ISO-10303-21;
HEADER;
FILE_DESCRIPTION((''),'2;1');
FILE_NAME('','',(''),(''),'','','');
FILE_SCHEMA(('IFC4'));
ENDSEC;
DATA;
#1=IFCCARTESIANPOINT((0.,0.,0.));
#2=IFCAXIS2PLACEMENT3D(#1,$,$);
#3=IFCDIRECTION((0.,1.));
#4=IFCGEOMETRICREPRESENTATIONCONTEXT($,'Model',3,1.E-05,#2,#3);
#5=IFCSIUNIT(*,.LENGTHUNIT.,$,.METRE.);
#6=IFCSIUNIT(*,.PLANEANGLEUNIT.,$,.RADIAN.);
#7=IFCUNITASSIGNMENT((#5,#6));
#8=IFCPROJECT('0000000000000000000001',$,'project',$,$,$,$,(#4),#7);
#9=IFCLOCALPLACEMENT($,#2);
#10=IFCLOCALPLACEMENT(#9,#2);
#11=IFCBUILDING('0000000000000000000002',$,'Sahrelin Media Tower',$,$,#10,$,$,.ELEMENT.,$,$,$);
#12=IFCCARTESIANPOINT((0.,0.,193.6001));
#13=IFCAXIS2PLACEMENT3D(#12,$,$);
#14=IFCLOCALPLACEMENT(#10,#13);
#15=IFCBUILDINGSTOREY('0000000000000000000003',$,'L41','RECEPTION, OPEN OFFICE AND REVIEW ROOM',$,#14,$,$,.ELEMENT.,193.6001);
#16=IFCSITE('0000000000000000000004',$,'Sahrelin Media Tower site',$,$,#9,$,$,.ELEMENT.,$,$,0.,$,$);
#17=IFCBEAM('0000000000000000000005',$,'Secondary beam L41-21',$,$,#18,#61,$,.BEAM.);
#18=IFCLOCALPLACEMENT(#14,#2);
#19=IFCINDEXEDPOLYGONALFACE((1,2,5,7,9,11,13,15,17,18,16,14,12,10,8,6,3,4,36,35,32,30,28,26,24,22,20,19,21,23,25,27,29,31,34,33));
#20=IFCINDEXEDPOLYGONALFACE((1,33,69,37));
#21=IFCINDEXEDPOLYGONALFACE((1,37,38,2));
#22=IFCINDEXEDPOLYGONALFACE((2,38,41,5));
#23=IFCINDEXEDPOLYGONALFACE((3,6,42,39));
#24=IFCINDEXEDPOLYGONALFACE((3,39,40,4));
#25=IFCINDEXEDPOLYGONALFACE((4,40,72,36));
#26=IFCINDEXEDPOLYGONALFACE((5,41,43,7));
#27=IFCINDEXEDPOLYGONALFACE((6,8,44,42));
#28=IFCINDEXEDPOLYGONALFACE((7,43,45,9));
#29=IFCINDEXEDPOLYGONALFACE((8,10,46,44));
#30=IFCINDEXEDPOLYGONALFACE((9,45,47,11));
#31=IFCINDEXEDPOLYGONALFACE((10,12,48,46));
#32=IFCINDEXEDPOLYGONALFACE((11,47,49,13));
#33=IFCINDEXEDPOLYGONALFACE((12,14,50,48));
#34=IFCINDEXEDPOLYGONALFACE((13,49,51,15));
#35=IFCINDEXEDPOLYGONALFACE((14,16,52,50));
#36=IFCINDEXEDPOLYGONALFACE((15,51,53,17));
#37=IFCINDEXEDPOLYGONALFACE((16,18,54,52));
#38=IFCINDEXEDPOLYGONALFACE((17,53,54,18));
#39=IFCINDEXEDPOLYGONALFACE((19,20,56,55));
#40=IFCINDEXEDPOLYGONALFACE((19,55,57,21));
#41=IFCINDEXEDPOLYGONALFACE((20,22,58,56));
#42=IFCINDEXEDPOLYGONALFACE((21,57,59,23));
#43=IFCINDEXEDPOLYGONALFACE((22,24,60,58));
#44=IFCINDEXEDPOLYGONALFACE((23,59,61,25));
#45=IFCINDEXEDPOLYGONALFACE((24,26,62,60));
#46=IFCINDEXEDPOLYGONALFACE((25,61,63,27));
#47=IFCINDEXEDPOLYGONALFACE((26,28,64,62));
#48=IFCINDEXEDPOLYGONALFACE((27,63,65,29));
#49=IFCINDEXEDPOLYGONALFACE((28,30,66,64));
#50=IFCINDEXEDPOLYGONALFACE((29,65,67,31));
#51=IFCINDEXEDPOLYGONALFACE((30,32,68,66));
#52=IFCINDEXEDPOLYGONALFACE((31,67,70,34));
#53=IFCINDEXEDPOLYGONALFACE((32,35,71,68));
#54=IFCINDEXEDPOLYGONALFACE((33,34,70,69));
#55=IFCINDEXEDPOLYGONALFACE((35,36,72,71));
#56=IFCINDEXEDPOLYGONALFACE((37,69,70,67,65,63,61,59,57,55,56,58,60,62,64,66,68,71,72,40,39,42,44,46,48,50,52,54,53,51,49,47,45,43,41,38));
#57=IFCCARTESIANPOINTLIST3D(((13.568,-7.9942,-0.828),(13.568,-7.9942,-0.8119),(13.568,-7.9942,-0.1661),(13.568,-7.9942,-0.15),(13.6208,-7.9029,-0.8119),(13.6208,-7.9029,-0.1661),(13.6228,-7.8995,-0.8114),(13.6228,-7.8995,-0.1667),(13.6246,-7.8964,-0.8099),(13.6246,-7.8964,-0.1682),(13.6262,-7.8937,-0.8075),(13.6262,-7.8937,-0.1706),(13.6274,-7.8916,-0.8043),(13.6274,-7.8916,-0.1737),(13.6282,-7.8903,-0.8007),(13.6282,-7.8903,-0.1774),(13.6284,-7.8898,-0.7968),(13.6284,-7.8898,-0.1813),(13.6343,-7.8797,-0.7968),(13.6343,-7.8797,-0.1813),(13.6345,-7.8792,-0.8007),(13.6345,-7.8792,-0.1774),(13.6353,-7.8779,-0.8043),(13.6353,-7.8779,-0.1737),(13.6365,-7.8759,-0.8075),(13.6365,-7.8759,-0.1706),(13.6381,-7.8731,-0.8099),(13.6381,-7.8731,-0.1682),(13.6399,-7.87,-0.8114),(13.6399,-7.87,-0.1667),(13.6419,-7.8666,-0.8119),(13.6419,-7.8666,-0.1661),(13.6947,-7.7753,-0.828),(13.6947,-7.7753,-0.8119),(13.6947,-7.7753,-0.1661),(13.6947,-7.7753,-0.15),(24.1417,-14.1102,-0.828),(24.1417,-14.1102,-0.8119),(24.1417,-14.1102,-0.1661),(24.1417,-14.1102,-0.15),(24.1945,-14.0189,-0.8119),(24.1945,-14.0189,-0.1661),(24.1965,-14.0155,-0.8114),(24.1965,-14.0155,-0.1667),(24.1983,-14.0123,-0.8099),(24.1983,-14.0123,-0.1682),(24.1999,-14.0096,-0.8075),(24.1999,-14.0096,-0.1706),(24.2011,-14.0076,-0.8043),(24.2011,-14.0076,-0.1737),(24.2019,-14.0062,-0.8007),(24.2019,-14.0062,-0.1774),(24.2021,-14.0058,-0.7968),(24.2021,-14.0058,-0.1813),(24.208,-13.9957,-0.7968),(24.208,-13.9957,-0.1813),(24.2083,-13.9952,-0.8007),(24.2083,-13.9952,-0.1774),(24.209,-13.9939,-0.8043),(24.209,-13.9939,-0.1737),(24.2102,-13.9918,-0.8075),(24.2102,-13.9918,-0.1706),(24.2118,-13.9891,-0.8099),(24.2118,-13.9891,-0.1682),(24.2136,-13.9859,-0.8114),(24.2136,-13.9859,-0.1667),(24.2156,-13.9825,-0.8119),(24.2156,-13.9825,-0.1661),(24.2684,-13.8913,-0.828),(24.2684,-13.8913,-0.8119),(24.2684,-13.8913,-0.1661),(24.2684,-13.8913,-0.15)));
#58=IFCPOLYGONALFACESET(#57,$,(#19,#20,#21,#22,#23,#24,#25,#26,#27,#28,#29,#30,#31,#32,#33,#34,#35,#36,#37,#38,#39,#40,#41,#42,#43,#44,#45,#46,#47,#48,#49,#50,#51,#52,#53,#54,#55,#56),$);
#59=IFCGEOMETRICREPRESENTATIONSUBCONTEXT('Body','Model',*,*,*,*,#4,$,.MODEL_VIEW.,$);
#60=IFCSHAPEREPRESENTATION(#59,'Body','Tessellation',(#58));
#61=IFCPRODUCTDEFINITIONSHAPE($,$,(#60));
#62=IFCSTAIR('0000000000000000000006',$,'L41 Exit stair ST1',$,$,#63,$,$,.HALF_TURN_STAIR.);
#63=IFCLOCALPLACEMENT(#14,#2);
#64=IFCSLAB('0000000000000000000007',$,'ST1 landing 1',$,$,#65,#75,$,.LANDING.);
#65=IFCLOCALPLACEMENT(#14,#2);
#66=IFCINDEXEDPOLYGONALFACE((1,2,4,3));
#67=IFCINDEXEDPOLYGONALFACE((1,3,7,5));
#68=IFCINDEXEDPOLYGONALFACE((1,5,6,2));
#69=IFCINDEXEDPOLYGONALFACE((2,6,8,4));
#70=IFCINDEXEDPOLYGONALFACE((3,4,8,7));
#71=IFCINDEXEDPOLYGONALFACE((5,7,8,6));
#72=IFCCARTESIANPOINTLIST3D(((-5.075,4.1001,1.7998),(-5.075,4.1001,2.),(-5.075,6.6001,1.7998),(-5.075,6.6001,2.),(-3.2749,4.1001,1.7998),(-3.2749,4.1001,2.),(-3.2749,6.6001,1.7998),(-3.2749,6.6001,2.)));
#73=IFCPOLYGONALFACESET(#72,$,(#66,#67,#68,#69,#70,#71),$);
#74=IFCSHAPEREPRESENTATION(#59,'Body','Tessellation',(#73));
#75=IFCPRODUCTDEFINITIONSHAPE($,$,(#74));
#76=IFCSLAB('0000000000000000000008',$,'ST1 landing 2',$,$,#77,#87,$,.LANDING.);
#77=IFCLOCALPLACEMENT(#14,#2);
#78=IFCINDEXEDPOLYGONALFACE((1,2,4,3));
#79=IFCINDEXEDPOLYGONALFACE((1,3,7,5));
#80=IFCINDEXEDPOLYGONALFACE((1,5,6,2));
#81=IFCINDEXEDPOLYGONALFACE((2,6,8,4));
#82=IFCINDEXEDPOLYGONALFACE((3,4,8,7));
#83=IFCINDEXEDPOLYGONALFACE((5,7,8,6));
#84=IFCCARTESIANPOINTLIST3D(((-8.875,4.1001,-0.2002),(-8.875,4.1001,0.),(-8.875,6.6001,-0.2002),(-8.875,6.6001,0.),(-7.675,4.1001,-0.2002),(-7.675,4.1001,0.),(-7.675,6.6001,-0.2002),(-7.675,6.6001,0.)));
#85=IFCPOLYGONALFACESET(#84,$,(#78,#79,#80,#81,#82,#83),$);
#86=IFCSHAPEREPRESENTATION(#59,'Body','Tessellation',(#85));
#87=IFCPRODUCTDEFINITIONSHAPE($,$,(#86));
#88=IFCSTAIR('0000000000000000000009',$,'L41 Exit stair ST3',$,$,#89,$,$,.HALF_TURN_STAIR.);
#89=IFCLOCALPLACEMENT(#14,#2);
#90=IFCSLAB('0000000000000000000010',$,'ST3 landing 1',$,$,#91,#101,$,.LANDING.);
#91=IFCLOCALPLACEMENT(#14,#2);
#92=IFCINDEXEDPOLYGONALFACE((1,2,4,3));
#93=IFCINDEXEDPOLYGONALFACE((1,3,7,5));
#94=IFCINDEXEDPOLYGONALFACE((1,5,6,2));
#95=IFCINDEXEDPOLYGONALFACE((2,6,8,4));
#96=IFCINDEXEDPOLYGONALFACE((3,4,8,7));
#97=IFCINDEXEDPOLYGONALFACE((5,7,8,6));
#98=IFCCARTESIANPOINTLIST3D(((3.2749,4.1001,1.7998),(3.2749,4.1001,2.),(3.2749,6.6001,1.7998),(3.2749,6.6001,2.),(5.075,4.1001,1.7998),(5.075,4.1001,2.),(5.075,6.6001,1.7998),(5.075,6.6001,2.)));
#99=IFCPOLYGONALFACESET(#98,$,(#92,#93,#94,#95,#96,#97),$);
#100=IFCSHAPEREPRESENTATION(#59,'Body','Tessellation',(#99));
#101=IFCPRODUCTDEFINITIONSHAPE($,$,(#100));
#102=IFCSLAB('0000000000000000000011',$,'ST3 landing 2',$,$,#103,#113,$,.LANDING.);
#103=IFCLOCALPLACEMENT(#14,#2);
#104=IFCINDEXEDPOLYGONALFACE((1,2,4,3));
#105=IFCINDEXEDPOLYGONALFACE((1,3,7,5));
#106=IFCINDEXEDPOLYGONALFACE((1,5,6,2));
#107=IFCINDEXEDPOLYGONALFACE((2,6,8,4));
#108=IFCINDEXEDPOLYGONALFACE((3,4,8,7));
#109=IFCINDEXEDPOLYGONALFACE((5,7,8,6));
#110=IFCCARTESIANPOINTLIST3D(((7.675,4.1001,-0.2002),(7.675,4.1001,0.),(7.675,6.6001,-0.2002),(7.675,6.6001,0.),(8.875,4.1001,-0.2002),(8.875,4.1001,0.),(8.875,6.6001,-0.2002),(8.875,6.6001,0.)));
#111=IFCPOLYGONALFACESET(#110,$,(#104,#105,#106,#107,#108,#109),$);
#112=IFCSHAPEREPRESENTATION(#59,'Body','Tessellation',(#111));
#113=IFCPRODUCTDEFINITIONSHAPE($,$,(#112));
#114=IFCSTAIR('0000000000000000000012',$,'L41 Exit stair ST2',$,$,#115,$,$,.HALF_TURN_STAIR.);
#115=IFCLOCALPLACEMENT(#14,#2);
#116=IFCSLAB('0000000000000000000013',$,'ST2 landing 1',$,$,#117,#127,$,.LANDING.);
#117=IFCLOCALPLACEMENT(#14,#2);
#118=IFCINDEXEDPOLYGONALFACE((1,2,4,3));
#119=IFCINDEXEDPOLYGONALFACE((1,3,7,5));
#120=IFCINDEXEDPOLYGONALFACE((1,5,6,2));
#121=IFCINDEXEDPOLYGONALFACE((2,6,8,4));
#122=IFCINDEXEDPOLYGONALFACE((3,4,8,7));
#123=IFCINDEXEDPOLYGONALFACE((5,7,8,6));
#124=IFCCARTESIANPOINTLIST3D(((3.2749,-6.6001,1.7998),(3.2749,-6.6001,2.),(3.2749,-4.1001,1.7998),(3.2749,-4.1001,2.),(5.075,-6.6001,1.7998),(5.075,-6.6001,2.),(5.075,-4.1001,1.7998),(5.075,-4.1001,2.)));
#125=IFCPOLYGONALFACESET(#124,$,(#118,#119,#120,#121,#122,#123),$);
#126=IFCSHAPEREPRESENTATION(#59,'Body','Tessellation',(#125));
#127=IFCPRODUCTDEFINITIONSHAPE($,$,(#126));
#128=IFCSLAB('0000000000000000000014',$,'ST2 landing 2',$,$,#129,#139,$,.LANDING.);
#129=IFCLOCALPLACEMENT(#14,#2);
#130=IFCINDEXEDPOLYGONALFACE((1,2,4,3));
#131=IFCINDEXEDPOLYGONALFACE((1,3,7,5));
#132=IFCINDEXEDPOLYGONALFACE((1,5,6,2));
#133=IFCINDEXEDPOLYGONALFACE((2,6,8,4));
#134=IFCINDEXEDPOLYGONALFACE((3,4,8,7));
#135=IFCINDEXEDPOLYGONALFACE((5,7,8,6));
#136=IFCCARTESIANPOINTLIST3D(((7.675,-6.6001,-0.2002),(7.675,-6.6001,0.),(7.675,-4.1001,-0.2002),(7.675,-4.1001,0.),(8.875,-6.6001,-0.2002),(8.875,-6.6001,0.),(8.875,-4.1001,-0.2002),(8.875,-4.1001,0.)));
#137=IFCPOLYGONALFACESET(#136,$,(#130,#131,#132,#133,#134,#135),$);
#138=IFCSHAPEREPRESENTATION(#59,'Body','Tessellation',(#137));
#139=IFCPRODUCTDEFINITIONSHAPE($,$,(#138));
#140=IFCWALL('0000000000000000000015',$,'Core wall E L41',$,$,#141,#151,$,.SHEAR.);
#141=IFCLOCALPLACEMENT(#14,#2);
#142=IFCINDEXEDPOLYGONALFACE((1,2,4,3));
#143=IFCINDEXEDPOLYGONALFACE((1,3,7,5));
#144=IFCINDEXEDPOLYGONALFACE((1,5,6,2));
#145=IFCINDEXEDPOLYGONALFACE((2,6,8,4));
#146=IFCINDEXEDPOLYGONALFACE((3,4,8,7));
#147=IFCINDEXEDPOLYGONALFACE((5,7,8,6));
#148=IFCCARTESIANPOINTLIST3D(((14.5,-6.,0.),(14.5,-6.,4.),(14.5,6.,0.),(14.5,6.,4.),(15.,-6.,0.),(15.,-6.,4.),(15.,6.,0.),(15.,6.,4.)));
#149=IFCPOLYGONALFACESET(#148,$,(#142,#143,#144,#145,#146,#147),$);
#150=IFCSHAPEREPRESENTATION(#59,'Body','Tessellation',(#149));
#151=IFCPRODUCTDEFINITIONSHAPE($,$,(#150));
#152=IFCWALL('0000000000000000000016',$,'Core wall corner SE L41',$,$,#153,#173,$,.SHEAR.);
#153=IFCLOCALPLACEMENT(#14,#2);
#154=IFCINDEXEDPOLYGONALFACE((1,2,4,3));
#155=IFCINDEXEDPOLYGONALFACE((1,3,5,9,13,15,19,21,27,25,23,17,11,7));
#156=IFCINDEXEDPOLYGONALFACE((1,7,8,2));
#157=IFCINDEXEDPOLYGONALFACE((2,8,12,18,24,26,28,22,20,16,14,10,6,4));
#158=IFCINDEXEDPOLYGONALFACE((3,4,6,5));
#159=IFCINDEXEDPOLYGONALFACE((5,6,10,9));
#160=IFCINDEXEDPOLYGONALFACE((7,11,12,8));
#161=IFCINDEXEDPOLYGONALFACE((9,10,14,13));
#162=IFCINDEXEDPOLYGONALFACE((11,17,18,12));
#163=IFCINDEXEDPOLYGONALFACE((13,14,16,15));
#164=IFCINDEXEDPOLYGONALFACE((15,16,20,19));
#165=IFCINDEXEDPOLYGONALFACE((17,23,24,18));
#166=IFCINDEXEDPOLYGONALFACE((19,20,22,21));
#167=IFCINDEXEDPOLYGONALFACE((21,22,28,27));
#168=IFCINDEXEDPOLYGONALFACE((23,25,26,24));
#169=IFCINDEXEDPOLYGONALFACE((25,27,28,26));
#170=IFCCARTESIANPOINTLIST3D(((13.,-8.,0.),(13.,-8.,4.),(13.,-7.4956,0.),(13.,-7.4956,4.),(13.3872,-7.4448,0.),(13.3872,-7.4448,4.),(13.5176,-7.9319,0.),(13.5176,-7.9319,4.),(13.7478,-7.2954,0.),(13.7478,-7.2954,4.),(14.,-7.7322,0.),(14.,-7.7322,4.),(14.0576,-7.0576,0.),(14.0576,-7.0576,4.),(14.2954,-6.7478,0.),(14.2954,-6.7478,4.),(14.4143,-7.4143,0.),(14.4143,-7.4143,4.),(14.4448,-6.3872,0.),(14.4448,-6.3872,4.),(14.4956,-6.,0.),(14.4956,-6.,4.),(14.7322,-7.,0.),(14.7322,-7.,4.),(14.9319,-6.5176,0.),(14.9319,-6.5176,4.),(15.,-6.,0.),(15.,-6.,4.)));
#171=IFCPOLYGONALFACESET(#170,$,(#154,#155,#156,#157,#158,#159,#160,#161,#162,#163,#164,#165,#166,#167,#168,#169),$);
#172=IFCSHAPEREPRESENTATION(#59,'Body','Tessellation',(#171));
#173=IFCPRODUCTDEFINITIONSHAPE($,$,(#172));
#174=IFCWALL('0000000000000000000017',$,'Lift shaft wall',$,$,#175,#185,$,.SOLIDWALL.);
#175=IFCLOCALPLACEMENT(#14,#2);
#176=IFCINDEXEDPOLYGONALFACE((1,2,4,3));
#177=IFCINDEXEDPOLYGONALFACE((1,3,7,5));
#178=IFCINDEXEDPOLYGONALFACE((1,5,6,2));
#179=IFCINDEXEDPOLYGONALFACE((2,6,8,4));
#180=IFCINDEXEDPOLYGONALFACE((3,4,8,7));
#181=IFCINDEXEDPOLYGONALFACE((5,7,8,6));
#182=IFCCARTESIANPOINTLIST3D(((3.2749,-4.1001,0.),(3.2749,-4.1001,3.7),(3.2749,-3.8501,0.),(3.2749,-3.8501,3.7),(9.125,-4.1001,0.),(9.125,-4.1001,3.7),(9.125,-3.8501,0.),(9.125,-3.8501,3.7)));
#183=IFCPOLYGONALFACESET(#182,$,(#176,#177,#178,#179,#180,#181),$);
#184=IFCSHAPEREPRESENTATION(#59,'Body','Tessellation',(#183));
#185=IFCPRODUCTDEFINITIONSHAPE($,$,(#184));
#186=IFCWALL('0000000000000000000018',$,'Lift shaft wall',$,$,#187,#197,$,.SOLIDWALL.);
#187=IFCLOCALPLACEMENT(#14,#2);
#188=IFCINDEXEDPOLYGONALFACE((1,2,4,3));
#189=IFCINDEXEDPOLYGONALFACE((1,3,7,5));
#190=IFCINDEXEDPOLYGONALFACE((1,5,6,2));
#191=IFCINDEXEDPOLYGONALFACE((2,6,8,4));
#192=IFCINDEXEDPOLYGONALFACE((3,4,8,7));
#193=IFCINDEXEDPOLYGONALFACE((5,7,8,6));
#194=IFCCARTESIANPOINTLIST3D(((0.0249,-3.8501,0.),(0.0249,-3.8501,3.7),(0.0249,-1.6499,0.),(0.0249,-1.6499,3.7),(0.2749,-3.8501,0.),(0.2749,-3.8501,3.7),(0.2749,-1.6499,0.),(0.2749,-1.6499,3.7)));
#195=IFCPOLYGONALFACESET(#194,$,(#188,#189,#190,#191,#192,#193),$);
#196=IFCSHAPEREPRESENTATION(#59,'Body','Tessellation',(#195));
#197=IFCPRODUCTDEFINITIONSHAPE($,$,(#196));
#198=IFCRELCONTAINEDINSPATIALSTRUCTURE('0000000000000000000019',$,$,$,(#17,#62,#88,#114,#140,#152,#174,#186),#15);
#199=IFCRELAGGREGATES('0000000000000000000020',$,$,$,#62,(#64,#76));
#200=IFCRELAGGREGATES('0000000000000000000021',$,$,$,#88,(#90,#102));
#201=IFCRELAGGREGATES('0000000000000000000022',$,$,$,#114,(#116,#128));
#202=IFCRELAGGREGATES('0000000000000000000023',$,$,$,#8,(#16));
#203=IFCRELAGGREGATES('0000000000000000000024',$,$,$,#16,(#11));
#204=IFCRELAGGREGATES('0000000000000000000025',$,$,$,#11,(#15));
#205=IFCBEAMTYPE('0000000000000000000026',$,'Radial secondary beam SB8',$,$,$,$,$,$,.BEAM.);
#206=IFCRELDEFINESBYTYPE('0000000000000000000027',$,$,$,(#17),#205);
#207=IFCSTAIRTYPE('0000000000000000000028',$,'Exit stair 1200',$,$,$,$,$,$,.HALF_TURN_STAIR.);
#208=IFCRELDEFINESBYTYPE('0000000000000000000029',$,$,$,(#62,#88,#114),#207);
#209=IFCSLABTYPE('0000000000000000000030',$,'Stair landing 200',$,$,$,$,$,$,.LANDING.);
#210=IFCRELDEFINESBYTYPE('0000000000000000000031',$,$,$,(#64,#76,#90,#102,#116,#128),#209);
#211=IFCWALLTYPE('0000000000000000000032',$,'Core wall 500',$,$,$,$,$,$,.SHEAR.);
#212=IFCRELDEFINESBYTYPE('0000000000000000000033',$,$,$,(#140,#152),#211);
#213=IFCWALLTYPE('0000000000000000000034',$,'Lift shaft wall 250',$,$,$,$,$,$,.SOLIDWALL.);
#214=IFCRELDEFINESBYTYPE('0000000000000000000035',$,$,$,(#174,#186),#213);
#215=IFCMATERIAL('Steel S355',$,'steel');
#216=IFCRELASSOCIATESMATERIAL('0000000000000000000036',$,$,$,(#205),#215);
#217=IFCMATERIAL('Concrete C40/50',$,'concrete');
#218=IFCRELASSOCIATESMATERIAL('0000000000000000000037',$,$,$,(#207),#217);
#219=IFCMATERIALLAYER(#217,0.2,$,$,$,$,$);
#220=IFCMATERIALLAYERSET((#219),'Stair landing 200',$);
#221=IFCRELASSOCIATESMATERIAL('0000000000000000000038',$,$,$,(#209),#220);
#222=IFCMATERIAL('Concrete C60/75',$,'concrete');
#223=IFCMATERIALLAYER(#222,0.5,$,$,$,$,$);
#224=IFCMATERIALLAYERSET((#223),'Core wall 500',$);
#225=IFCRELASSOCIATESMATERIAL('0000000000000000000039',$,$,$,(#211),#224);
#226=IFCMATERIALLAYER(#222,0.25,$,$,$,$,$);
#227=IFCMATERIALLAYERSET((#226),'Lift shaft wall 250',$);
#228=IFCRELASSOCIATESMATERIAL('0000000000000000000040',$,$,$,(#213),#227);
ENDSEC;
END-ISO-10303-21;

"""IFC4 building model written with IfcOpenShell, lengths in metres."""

from ifc_helpers import new_model, si_unit, direction, frame, frame_2d, origin, origin_2d, place, context, subcontext, project, spatial, polyline, rectangle, i_section, outline, extrude, material, layer, layer_set, material_profile, profile_set, type_object, element, aggregate, save


model = new_model("IFC4")

# Units and contexts
model_context = context("Model", 3, precision=1e-05, world=origin(), true_north=direction((0.0, 1.0)))
body_context = subcontext(model_context, "Body", "Model", "MODEL_VIEW")
ifc_project = project(units=[si_unit("LENGTHUNIT", "METRE"), si_unit("PLANEANGLEUNIT", "RADIAN")], contexts=[model_context])

# Site, building, storey
site_placement = place(None, origin())
site = spatial("IfcSite", under=ifc_project, at=site_placement, Name="Sahrelin Media Tower site", CompositionType="ELEMENT", RefElevation=0.0)
building_placement = place(site_placement, origin())
building = spatial("IfcBuilding", under=site, at=building_placement, Name="Sahrelin Media Tower", CompositionType="ELEMENT")
storey_placement = place(building_placement, frame((0.0, 0.0, 193.6001)))
storey = spatial("IfcBuildingStorey", under=building, at=storey_placement, Name="L41", Description="RECEPTION, OPEN OFFICE AND REVIEW ROOM", CompositionType="ELEMENT", Elevation=193.6001)

# Beam
ifc_material_1 = material(Name="Steel S355", Category="steel")
ifc_material_profile = material_profile(ifc_material_1, i_section(OverallWidth=0.2529, OverallDepth=0.678, WebThickness=0.0117, FlangeThickness=0.0161, FilletRadius=0.0151, at=origin_2d()), Name="UB 686x254x125")
ifc_profile_set = profile_set([ifc_material_profile], Name="Steel S355")
beam_type = type_object("IfcBeamType", Name="Radial secondary beam SB8", PredefinedType="BEAM", material=ifc_profile_set)
beam_placement = place(storey_placement, frame((13.6313, -7.8848, -0.489), z_axis=(0.865627, -0.500689, 0.0), x_axis=(0.500689, 0.865627, 0.0)))
element("IfcBeam", 1, at=beam_placement, inside=storey, type_object=beam_type, Name="Secondary beam L41-21", PredefinedType="BEAM", context=body_context, shape_type="SweptSolid", body=[
    extrude(i_section(OverallWidth=0.2529, OverallDepth=0.678, WebThickness=0.0117, FlangeThickness=0.0161, FilletRadius=0.0151, at=origin_2d()), origin(), (0.0, 0.0, 1.0), 12.2151),
])

# Stairs, slabs
ifc_material_2 = material(Name="Concrete C40/50", Category="concrete")
stair_type = type_object("IfcStairType", Name="Exit stair 1200", PredefinedType="HALF_TURN_STAIR", material=ifc_material_2)
placement_1 = place(storey_placement, origin())
stair_1 = element("IfcStair", 2, at=placement_1, inside=storey, type_object=stair_type, Name="L41 Exit stair ST1", PredefinedType="HALF_TURN_STAIR")
ifc_layer_1 = layer(ifc_material_2, 0.2)
ifc_layer_set_1 = layer_set([ifc_layer_1], Name="Stair landing 200")
slab_type = type_object("IfcSlabType", Name="Stair landing 200", PredefinedType="LANDING", material=ifc_layer_set_1)
placement_2 = place(storey_placement, frame((0.0, 0.0, 1.7998)))
slab_1 = element("IfcSlab", 3, at=placement_2, type_object=slab_type, Name="ST1 landing 1", PredefinedType="LANDING", context=body_context, shape_type="SweptSolid", body=[
    extrude(outline(polyline([(-5.075, 4.1001), (-3.2749, 4.1001), (-3.2749, 6.6001), (-5.075, 6.6001), (-5.075, 4.1001)])), origin(), (0.0, 0.0, 1.0), 0.2002),
])
placement_3 = place(storey_placement, frame((0.0, 0.0, -0.2002)))
slab_2 = element("IfcSlab", 4, at=placement_3, type_object=slab_type, Name="ST1 landing 2", PredefinedType="LANDING", context=body_context, shape_type="SweptSolid", body=[
    extrude(outline(polyline([(-8.875, 4.1001), (-7.675, 4.1001), (-7.675, 6.6001), (-8.875, 6.6001), (-8.875, 4.1001)])), origin(), (0.0, 0.0, 1.0), 0.2002),
])
aggregate(stair_1, [slab_1, slab_2])
stair_2 = element("IfcStair", 5, at=placement_1, inside=storey, type_object=stair_type, Name="L41 Exit stair ST3", PredefinedType="HALF_TURN_STAIR")
slab_3 = element("IfcSlab", 6, at=placement_2, type_object=slab_type, Name="ST3 landing 1", PredefinedType="LANDING", context=body_context, shape_type="SweptSolid", body=[
    extrude(outline(polyline([(5.075, 6.6001), (3.2749, 6.6001), (3.2749, 4.1001), (5.075, 4.1001), (5.075, 6.6001)])), origin(), (0.0, 0.0, 1.0), 0.2002),
])
slab_4 = element("IfcSlab", 7, at=placement_3, type_object=slab_type, Name="ST3 landing 2", PredefinedType="LANDING", context=body_context, shape_type="SweptSolid", body=[
    extrude(outline(polyline([(8.875, 6.6001), (7.675, 6.6001), (7.675, 4.1001), (8.875, 4.1001), (8.875, 6.6001)])), origin(), (0.0, 0.0, 1.0), 0.2002),
])
aggregate(stair_2, [slab_3, slab_4])
stair_3 = element("IfcStair", 8, at=placement_1, inside=storey, type_object=stair_type, Name="L41 Exit stair ST2", PredefinedType="HALF_TURN_STAIR")
slab_5 = element("IfcSlab", 9, at=placement_2, type_object=slab_type, Name="ST2 landing 1", PredefinedType="LANDING", context=body_context, shape_type="SweptSolid", body=[
    extrude(outline(polyline([(5.075, -4.1001), (3.2749, -4.1001), (3.2749, -6.6001), (5.075, -6.6001), (5.075, -4.1001)])), origin(), (0.0, 0.0, 1.0), 0.2002),
])
slab_6 = element("IfcSlab", 10, at=placement_3, type_object=slab_type, Name="ST2 landing 2", PredefinedType="LANDING", context=body_context, shape_type="SweptSolid", body=[
    extrude(outline(polyline([(8.875, -4.1001), (7.675, -4.1001), (7.675, -6.6001), (8.875, -6.6001), (8.875, -4.1001)])), origin(), (0.0, 0.0, 1.0), 0.2002),
])
aggregate(stair_3, [slab_5, slab_6])

# Walls
ifc_material_3 = material(Name="Concrete C60/75", Category="concrete")
ifc_layer_2 = layer(ifc_material_3, 0.5)
ifc_layer_set_2 = layer_set([ifc_layer_2], Name="Core wall 500")
wall_type_1 = type_object("IfcWallType", Name="Core wall 500", PredefinedType="SHEAR", material=ifc_layer_set_2)
wall_1_placement = place(storey_placement, frame((14.75, -6.0, 0.0), z_axis=(0.0, 0.0, 1.0), x_axis=(0.0, 1.0, 0.0)))
element("IfcWall", 11, at=wall_1_placement, inside=storey, type_object=wall_type_1, Name="Core wall E L41", PredefinedType="SHEAR", context=body_context, shape_type="SweptSolid", body=[
    extrude(rectangle(XDim=12.0, YDim=0.5, at=frame_2d((6.0, 0.0))), origin(), (0.0, 0.0, 1.0), 4.0),
])
element("IfcWall", 12, at=placement_1, inside=storey, type_object=wall_type_1, Name="Core wall corner SE L41", PredefinedType="SHEAR", context=body_context, shape_type="SweptSolid", body=[
    extrude(outline(polyline([(15.0, -6.0), (14.4956, -6.0), (14.4448, -6.3872), (14.2954, -6.7478), (14.0576, -7.0576), (13.7478, -7.2954), (13.3872, -7.4448), (13.0, -7.4956), (13.0, -8.0), (13.5176, -7.9319), (14.0, -7.7322), (14.4143, -7.4143), (14.7322, -7.0), (14.9319, -6.5176), (15.0, -6.0)])), origin(), (0.0, 0.0, 1.0), 4.0),
])
ifc_layer_3 = layer(ifc_material_3, 0.25)
ifc_layer_set_3 = layer_set([ifc_layer_3], Name="Lift shaft wall 250")
wall_type_2 = type_object("IfcWallType", Name="Lift shaft wall 250", PredefinedType="SOLIDWALL", material=ifc_layer_set_3)
wall_2_placement = place(storey_placement, frame((3.2749, -3.9751, 0.0), z_axis=(0.0, 0.0, 1.0), x_axis=(1.0, 0.0, 0.0)))
element("IfcWall", 13, at=wall_2_placement, inside=storey, type_object=wall_type_2, Name="Lift shaft wall", PredefinedType="SOLIDWALL", context=body_context, shape_type="SweptSolid", body=[
    extrude(rectangle(XDim=5.8501, YDim=0.25, at=frame_2d((2.925, 0.0))), origin(), (0.0, 0.0, 1.0), 3.7),
])
for number, where, z_axis, x_axis, name in (
    (14, (0.1499, -3.8501, 0.0), (0.0, 0.0, 1.0), (0.0, 1.0, 0.0), "Lift shaft wall"),
):
    element("IfcWall", number, at=place(storey_placement, frame(where, z_axis=z_axis, x_axis=x_axis)), inside=storey, type_object=wall_type_2, Name=name, PredefinedType="SOLIDWALL", context=body_context, shape_type="SweptSolid", body=[
        extrude(rectangle(XDim=2.2002, YDim=0.25, at=frame_2d((1.1001, 0.0))), origin(), (0.0, 0.0, 1.0), 3.7),
    ])

save(model, "model.ifc")
